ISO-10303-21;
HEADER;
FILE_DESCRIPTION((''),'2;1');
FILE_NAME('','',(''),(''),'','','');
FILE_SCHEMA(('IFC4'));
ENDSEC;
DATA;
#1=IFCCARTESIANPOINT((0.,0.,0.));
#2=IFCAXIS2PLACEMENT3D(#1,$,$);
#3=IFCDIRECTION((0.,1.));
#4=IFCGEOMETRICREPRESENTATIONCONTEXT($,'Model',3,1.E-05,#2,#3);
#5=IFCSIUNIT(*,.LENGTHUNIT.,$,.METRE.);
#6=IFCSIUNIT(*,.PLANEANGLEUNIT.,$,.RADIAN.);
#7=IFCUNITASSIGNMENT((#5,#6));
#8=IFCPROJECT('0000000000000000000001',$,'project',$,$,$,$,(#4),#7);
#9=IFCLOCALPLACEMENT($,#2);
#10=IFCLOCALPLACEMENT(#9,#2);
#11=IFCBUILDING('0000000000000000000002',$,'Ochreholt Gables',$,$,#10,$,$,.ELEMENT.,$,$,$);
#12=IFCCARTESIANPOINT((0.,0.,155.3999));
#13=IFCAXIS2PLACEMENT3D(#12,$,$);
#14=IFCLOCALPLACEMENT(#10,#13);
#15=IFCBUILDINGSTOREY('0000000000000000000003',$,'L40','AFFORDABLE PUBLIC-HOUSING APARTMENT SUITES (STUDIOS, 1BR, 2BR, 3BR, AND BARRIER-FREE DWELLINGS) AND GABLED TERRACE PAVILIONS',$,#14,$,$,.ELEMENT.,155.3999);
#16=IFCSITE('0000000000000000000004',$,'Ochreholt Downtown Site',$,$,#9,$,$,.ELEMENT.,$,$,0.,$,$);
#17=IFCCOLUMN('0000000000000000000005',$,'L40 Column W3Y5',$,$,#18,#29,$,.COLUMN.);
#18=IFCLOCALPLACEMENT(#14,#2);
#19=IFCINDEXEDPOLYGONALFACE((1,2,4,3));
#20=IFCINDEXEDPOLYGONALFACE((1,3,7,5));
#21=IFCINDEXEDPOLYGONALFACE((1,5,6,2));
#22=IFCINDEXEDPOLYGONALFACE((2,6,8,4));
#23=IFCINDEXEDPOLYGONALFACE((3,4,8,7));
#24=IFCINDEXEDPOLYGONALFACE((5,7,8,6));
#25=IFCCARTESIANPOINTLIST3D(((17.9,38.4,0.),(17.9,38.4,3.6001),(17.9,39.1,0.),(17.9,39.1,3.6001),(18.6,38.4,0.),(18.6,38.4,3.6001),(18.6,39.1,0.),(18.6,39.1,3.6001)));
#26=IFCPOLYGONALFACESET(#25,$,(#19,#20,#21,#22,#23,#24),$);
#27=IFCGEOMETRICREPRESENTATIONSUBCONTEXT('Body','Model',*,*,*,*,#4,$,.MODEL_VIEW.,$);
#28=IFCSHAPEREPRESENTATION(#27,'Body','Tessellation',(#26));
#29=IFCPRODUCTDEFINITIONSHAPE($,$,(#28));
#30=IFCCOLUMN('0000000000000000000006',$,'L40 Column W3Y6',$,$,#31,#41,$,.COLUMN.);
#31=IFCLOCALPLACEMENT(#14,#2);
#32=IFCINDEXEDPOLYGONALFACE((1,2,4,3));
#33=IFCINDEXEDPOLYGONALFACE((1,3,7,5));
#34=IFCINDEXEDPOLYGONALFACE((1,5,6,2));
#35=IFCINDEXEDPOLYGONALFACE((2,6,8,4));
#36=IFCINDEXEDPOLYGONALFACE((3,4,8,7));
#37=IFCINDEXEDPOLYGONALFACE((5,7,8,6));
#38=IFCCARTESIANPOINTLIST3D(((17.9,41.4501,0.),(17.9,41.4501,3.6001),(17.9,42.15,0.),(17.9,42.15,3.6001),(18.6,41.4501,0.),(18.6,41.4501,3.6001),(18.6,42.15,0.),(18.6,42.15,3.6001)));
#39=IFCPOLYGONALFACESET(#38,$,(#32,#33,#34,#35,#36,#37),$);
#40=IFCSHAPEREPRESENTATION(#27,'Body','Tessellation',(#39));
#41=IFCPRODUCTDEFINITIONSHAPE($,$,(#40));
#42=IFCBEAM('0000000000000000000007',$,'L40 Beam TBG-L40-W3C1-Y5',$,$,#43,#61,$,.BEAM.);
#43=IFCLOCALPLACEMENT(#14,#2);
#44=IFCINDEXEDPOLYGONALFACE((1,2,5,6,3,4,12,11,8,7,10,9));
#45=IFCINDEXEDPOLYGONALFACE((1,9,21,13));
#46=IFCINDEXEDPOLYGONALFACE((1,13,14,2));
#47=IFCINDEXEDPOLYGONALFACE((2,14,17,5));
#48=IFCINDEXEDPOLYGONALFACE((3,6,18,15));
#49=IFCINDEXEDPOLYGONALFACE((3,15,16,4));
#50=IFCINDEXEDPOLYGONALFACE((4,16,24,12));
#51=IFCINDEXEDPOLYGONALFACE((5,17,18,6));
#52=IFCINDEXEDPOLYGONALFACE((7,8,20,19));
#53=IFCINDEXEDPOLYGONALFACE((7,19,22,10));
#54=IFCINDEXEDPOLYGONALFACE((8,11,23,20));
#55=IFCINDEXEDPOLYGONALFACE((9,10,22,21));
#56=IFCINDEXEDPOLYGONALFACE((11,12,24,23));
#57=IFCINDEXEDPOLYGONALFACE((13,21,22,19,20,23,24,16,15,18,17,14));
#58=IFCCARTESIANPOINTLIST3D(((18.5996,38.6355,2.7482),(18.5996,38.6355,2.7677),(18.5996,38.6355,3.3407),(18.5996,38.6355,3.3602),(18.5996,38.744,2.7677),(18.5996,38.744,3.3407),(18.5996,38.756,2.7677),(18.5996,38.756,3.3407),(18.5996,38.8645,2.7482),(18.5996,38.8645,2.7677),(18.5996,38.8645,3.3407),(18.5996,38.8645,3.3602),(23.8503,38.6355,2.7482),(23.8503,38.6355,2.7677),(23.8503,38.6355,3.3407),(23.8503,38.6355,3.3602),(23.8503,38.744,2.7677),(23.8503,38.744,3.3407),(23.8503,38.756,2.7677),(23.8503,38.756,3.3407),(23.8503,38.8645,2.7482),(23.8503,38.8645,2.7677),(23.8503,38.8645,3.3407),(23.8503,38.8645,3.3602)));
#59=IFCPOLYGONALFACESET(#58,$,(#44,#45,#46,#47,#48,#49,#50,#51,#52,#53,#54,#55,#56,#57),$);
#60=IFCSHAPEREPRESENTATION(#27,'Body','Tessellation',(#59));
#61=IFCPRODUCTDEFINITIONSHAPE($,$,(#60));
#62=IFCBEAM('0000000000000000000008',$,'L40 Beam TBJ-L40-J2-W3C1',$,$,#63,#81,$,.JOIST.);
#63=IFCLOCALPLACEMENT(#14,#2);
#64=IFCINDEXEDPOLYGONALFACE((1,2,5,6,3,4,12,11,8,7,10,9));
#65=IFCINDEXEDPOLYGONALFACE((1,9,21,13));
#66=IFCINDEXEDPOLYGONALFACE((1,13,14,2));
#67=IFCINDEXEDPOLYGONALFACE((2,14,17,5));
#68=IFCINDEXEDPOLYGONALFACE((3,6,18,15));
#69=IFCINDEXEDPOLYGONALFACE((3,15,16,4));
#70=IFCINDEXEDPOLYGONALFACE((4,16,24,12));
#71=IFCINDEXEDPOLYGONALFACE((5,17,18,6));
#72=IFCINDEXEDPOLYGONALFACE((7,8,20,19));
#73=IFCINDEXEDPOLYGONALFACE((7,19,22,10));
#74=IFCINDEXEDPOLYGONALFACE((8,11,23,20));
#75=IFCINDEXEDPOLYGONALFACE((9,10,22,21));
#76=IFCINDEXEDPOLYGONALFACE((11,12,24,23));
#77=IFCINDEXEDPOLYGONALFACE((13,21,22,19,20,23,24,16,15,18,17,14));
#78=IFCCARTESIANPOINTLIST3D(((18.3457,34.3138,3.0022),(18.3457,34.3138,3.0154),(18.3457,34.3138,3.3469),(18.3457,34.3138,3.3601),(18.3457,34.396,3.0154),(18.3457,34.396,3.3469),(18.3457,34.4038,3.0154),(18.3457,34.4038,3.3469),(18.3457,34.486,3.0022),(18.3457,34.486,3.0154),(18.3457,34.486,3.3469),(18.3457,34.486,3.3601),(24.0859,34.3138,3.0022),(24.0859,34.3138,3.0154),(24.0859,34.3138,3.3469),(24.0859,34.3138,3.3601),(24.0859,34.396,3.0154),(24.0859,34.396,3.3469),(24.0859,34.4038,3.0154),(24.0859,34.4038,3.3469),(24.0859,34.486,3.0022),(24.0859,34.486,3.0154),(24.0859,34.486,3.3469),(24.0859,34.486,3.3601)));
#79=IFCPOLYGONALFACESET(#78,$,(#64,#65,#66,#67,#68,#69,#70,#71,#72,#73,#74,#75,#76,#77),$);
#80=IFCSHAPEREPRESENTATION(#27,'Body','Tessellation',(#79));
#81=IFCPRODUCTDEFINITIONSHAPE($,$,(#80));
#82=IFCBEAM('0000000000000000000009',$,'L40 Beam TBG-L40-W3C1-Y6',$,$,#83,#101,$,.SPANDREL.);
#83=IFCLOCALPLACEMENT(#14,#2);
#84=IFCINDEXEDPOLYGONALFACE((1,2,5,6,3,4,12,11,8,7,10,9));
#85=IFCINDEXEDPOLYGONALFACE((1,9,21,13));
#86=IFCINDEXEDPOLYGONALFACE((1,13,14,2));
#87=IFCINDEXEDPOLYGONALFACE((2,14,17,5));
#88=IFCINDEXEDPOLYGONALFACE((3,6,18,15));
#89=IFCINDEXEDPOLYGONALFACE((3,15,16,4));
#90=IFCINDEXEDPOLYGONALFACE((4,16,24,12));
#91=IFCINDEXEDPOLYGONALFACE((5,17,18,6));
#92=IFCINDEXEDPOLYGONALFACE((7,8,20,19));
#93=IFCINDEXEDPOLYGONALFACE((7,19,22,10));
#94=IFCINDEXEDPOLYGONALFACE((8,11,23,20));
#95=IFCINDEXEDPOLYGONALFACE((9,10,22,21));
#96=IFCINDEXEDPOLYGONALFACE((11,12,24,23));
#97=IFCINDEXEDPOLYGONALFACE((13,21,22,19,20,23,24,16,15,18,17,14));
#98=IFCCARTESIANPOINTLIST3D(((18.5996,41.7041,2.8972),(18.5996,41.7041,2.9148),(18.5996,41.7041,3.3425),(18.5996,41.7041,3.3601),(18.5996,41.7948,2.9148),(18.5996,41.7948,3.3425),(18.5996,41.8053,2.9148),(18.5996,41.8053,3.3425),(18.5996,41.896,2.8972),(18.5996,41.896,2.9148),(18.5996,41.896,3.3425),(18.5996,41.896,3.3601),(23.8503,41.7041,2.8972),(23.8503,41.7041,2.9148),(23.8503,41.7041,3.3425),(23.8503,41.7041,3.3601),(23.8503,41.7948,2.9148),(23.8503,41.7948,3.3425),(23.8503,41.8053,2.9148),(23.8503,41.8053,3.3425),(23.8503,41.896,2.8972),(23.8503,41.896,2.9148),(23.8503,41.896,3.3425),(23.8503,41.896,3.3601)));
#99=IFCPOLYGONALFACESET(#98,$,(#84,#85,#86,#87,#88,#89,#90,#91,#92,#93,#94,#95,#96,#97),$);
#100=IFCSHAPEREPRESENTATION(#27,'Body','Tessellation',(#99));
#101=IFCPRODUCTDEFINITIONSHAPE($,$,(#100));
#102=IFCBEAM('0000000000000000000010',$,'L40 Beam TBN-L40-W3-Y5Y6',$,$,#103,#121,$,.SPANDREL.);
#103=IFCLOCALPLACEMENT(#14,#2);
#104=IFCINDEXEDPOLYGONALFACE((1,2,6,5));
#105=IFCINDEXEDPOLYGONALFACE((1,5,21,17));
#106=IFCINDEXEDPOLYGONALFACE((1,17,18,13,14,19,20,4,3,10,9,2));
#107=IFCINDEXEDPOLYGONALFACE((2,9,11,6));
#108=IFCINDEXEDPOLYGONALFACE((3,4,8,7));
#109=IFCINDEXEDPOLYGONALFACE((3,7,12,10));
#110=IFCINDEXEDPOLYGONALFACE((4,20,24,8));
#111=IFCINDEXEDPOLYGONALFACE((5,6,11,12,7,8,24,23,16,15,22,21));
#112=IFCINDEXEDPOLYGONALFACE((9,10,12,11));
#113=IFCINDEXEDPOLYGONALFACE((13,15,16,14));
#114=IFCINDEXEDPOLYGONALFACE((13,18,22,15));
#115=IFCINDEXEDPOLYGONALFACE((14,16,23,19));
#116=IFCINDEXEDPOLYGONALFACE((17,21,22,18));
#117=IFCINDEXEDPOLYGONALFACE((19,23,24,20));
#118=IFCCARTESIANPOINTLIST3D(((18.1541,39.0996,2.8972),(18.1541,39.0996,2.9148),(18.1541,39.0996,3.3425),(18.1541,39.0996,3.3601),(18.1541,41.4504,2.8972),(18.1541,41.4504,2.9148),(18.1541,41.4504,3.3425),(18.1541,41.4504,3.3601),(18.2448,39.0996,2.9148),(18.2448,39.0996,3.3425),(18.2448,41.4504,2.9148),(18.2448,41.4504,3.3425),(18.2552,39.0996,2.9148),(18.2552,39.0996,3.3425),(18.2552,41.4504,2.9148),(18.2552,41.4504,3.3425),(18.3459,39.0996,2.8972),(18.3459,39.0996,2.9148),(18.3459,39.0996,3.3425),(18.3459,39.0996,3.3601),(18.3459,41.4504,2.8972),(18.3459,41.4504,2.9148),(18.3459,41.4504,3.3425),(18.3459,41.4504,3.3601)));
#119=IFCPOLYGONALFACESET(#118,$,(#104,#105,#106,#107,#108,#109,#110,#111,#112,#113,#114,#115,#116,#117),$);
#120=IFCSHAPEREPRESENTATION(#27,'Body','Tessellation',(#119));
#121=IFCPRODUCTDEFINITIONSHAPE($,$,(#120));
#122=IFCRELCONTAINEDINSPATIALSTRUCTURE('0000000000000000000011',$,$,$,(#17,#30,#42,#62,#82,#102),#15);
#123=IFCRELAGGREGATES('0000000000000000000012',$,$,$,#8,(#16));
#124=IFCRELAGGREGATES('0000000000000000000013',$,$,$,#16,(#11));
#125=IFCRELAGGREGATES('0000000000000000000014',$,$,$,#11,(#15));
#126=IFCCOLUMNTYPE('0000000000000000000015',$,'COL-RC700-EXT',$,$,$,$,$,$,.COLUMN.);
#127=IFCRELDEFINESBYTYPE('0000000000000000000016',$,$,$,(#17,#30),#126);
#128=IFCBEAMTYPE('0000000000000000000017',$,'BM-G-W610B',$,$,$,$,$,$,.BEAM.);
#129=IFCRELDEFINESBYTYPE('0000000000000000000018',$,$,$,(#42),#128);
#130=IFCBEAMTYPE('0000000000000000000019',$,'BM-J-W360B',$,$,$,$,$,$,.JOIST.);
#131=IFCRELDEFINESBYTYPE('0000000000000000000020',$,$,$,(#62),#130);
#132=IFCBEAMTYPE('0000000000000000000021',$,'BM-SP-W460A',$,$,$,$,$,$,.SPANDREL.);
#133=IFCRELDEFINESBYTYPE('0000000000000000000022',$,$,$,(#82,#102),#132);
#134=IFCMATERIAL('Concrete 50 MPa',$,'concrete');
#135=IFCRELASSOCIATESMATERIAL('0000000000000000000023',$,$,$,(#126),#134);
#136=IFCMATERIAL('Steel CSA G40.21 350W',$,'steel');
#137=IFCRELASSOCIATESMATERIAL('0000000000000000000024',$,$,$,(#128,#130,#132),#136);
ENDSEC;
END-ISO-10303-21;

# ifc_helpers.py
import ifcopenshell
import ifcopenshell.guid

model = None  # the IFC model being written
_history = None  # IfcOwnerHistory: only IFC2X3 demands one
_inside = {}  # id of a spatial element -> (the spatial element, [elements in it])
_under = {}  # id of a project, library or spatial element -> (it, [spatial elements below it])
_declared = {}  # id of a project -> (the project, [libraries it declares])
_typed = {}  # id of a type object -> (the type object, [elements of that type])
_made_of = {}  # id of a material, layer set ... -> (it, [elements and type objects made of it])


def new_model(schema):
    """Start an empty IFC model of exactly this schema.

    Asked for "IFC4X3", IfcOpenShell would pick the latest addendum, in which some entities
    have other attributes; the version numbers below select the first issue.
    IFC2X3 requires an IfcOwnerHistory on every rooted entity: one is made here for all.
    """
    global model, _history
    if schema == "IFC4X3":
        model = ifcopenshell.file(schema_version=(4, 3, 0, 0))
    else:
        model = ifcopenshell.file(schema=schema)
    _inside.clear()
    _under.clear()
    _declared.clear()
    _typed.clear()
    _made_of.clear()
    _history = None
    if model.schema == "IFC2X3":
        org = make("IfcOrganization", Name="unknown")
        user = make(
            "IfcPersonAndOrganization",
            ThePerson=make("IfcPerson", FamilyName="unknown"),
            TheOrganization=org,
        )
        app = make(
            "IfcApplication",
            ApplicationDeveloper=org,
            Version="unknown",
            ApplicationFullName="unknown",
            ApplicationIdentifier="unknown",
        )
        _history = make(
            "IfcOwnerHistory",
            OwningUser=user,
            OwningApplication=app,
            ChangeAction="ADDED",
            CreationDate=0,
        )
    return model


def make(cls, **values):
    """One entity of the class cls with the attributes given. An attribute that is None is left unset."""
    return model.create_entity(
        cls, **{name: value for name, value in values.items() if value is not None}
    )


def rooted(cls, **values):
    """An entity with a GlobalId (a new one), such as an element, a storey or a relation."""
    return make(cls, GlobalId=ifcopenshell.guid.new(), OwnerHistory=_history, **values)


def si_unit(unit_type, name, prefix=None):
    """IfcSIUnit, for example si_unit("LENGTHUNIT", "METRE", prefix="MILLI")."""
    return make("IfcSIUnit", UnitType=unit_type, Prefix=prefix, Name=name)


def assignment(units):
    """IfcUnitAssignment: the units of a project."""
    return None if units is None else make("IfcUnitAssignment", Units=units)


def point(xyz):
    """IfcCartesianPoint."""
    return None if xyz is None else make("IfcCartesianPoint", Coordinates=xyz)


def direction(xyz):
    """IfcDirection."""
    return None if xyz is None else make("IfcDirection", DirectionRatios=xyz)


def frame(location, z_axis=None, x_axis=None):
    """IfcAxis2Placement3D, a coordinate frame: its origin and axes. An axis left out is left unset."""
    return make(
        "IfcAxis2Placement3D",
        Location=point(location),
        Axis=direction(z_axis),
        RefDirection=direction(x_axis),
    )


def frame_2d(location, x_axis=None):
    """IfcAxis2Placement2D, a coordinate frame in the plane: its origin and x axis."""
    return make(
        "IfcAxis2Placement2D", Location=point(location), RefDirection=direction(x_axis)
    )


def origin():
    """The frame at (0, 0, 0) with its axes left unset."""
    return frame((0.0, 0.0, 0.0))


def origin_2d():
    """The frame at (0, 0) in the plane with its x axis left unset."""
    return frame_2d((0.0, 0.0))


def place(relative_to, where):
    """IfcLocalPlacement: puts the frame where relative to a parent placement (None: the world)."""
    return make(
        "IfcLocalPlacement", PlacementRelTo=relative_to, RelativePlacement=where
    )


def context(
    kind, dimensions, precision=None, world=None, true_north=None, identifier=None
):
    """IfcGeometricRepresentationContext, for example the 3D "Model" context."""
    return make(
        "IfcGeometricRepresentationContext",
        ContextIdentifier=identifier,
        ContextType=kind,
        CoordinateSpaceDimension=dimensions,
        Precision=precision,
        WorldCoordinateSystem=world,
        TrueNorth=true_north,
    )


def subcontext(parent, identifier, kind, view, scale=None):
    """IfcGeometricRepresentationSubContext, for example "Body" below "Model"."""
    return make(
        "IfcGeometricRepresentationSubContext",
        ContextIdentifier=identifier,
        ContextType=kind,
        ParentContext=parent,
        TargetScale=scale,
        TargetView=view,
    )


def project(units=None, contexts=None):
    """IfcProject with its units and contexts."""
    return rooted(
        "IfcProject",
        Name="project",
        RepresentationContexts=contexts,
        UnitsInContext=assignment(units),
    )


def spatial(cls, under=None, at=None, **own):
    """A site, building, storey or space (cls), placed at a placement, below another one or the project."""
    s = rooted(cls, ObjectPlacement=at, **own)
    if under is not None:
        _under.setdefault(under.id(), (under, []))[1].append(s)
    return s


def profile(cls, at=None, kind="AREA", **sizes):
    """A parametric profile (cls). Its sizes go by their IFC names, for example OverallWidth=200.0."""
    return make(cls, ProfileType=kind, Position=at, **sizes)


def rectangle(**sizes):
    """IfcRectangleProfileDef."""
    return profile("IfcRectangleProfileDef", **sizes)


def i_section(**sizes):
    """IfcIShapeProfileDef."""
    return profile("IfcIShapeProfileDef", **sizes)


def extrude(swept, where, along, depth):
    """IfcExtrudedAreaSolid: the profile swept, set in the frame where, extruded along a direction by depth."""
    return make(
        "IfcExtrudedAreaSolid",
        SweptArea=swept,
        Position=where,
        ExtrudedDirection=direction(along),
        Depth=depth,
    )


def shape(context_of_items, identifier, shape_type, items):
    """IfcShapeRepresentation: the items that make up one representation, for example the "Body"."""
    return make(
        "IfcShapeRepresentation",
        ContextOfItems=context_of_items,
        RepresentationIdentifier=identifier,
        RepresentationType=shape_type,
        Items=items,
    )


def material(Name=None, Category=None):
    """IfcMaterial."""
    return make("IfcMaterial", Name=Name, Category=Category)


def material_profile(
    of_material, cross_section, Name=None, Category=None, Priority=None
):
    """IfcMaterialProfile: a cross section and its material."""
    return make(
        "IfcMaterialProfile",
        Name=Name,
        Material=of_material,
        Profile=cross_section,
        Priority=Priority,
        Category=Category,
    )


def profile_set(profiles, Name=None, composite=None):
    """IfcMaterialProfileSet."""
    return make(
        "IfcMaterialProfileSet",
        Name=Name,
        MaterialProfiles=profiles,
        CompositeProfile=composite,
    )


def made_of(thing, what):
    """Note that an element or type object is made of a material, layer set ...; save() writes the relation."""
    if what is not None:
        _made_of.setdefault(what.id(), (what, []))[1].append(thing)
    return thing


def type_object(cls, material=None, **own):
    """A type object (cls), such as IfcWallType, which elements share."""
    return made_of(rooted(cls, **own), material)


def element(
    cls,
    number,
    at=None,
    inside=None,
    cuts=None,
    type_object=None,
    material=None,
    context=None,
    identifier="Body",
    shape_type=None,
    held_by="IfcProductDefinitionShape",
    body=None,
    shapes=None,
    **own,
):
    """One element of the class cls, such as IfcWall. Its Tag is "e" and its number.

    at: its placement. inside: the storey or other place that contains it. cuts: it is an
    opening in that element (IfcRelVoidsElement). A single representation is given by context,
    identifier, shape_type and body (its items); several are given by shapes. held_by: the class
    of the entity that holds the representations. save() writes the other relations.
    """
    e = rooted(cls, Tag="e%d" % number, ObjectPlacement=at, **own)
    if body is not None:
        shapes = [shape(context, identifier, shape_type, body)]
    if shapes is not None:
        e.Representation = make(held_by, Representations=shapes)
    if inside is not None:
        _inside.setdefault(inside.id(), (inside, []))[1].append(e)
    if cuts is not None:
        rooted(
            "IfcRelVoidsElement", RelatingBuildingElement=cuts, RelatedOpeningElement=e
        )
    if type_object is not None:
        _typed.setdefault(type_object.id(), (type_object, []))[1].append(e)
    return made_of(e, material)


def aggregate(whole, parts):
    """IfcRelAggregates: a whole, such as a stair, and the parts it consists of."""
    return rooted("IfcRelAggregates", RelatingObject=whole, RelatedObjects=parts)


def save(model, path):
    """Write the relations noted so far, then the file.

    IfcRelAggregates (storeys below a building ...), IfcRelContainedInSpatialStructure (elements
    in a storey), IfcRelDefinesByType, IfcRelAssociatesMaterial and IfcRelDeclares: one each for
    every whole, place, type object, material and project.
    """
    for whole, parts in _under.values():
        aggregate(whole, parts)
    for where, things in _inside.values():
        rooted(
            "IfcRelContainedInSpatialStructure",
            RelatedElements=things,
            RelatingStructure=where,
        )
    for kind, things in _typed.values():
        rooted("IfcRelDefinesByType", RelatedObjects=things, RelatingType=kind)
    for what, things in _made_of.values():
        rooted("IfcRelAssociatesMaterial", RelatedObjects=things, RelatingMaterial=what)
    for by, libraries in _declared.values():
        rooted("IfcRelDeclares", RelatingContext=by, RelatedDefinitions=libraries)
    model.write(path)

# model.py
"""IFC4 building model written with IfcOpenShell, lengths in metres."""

from ifc_helpers import new_model, si_unit, direction, frame, origin, origin_2d, place, context, subcontext, project, spatial, rectangle, i_section, extrude, material, material_profile, profile_set, type_object, element, save


model = new_model("IFC4")

# Units and contexts
model_context = context("Model", 3, precision=1e-05, world=origin(), true_north=direction((0.0, 1.0)))
body_context = subcontext(model_context, "Body", "Model", "MODEL_VIEW")
ifc_project = project(units=[si_unit("LENGTHUNIT", "METRE"), si_unit("PLANEANGLEUNIT", "RADIAN")], contexts=[model_context])

# Site, building, storey
site_placement = place(None, origin())
site = spatial("IfcSite", under=ifc_project, at=site_placement, Name="Ochreholt Downtown Site", CompositionType="ELEMENT", RefElevation=0.0)
building_placement = place(site_placement, origin())
building = spatial("IfcBuilding", under=site, at=building_placement, Name="Ochreholt Gables", CompositionType="ELEMENT")
storey_placement = place(building_placement, frame((0.0, 0.0, 155.3999)))
storey = spatial("IfcBuildingStorey", under=building, at=storey_placement, Name="L40", Description="AFFORDABLE PUBLIC-HOUSING APARTMENT SUITES (STUDIOS, 1BR, 2BR, 3BR, AND BARRIER-FREE DWELLINGS) AND GABLED TERRACE PAVILIONS", CompositionType="ELEMENT", Elevation=155.3999)

# Columns
ifc_material_1 = material(Name="Concrete 50 MPa", Category="concrete")
ifc_material_profile_1 = material_profile(ifc_material_1, rectangle(XDim=0.7, YDim=0.7, at=origin_2d()), Name="RC700X700")
ifc_profile_set_1 = profile_set([ifc_material_profile_1], Name="Concrete 50 MPa")
column_type = type_object("IfcColumnType", Name="COL-RC700-EXT", PredefinedType="COLUMN", material=ifc_profile_set_1)
for number, where, z_axis, x_axis, name in (
    (1, (18.25, 38.75, 0.0), (0.0, 0.0, 1.0), (1.0, 0.0, 0.0), "L40 Column W3Y5"),
    (2, (18.25, 41.8, 0.0), (0.0, 0.0, 1.0), (1.0, 0.0, 0.0), "L40 Column W3Y6"),
):
    element("IfcColumn", number, at=place(storey_placement, frame(where, z_axis=z_axis, x_axis=x_axis)), inside=storey, type_object=column_type, Name=name, PredefinedType="COLUMN", context=body_context, shape_type="SweptSolid", body=[
        extrude(rectangle(XDim=0.7, YDim=0.7, at=origin_2d()), origin(), (0.0, 0.0, 1.0), 3.6001),
    ])

# Beams
ifc_material_2 = material(Name="Steel CSA G40.21 350W", Category="steel")
ifc_material_profile_2 = material_profile(ifc_material_2, i_section(OverallWidth=0.229, OverallDepth=0.6121, WebThickness=0.012, FlangeThickness=0.0195, at=origin_2d()), Name="W610X125")
ifc_profile_set_2 = profile_set([ifc_material_profile_2], Name="Steel CSA G40.21 350W")
beam_type_1 = type_object("IfcBeamType", Name="BM-G-W610B", PredefinedType="BEAM", material=ifc_profile_set_2)
beam_1_placement = place(storey_placement, frame((18.5996, 38.75, 3.0542), z_axis=(1.0, 0.0, 0.0), x_axis=(0.0, 1.0, 0.0)))
element("IfcBeam", 3, at=beam_1_placement, inside=storey, type_object=beam_type_1, Name="L40 Beam TBG-L40-W3C1-Y5", PredefinedType="BEAM", context=body_context, shape_type="SweptSolid", body=[
    extrude(i_section(OverallWidth=0.229, OverallDepth=0.6121, WebThickness=0.012, FlangeThickness=0.0195, at=origin_2d()), origin(), (0.0, 0.0, 1.0), 5.2507),
])
ifc_material_profile_3 = material_profile(ifc_material_2, i_section(OverallWidth=0.1721, OverallDepth=0.3579, WebThickness=0.0078, FlangeThickness=0.0132, at=origin_2d()), Name="W360X57")
ifc_profile_set_3 = profile_set([ifc_material_profile_3], Name="Steel CSA G40.21 350W")
beam_type_2 = type_object("IfcBeamType", Name="BM-J-W360B", PredefinedType="JOIST", material=ifc_profile_set_3)
beam_2_placement = place(storey_placement, frame((18.3457, 34.3999, 3.1812), z_axis=(1.0, 0.0, 0.0), x_axis=(0.0, 1.0, 0.0)))
element("IfcBeam", 4, at=beam_2_placement, inside=storey, type_object=beam_type_2, Name="L40 Beam TBJ-L40-J2-W3C1", PredefinedType="JOIST", context=body_context, shape_type="SweptSolid", body=[
    extrude(i_section(OverallWidth=0.1721, OverallDepth=0.3579, WebThickness=0.0078, FlangeThickness=0.0132, at=origin_2d()), origin(), (0.0, 0.0, 1.0), 5.7402),
])
ifc_material_profile_4 = material_profile(ifc_material_2, i_section(OverallWidth=0.1919, OverallDepth=0.4629, WebThickness=0.0105, FlangeThickness=0.0176, at=origin_2d()), Name="W460X89")
ifc_profile_set_4 = profile_set([ifc_material_profile_4], Name="Steel CSA G40.21 350W")
beam_type_3 = type_object("IfcBeamType", Name="BM-SP-W460A", PredefinedType="SPANDREL", material=ifc_profile_set_4)
beam_3_placement = place(storey_placement, frame((18.5996, 41.8, 3.1287), z_axis=(1.0, 0.0, 0.0), x_axis=(0.0, 1.0, 0.0)))
element("IfcBeam", 5, at=beam_3_placement, inside=storey, type_object=beam_type_3, Name="L40 Beam TBG-L40-W3C1-Y6", PredefinedType="SPANDREL", context=body_context, shape_type="SweptSolid", body=[
    extrude(i_section(OverallWidth=0.1919, OverallDepth=0.4629, WebThickness=0.0105, FlangeThickness=0.0176, at=origin_2d()), origin(), (0.0, 0.0, 1.0), 5.2507),
])
beam_4_placement = place(storey_placement, frame((18.25, 39.0996, 3.1287), z_axis=(0.0, 1.0, 0.0), x_axis=(-1.0, 0.0, 0.0)))
element("IfcBeam", 6, at=beam_4_placement, inside=storey, type_object=beam_type_3, Name="L40 Beam TBN-L40-W3-Y5Y6", PredefinedType="SPANDREL", context=body_context, shape_type="SweptSolid", body=[
    extrude(i_section(OverallWidth=0.1919, OverallDepth=0.4629, WebThickness=0.0105, FlangeThickness=0.0176, at=origin_2d()), origin(), (0.0, 0.0, 1.0), 2.3508),
])

save(model, "model.ifc")
